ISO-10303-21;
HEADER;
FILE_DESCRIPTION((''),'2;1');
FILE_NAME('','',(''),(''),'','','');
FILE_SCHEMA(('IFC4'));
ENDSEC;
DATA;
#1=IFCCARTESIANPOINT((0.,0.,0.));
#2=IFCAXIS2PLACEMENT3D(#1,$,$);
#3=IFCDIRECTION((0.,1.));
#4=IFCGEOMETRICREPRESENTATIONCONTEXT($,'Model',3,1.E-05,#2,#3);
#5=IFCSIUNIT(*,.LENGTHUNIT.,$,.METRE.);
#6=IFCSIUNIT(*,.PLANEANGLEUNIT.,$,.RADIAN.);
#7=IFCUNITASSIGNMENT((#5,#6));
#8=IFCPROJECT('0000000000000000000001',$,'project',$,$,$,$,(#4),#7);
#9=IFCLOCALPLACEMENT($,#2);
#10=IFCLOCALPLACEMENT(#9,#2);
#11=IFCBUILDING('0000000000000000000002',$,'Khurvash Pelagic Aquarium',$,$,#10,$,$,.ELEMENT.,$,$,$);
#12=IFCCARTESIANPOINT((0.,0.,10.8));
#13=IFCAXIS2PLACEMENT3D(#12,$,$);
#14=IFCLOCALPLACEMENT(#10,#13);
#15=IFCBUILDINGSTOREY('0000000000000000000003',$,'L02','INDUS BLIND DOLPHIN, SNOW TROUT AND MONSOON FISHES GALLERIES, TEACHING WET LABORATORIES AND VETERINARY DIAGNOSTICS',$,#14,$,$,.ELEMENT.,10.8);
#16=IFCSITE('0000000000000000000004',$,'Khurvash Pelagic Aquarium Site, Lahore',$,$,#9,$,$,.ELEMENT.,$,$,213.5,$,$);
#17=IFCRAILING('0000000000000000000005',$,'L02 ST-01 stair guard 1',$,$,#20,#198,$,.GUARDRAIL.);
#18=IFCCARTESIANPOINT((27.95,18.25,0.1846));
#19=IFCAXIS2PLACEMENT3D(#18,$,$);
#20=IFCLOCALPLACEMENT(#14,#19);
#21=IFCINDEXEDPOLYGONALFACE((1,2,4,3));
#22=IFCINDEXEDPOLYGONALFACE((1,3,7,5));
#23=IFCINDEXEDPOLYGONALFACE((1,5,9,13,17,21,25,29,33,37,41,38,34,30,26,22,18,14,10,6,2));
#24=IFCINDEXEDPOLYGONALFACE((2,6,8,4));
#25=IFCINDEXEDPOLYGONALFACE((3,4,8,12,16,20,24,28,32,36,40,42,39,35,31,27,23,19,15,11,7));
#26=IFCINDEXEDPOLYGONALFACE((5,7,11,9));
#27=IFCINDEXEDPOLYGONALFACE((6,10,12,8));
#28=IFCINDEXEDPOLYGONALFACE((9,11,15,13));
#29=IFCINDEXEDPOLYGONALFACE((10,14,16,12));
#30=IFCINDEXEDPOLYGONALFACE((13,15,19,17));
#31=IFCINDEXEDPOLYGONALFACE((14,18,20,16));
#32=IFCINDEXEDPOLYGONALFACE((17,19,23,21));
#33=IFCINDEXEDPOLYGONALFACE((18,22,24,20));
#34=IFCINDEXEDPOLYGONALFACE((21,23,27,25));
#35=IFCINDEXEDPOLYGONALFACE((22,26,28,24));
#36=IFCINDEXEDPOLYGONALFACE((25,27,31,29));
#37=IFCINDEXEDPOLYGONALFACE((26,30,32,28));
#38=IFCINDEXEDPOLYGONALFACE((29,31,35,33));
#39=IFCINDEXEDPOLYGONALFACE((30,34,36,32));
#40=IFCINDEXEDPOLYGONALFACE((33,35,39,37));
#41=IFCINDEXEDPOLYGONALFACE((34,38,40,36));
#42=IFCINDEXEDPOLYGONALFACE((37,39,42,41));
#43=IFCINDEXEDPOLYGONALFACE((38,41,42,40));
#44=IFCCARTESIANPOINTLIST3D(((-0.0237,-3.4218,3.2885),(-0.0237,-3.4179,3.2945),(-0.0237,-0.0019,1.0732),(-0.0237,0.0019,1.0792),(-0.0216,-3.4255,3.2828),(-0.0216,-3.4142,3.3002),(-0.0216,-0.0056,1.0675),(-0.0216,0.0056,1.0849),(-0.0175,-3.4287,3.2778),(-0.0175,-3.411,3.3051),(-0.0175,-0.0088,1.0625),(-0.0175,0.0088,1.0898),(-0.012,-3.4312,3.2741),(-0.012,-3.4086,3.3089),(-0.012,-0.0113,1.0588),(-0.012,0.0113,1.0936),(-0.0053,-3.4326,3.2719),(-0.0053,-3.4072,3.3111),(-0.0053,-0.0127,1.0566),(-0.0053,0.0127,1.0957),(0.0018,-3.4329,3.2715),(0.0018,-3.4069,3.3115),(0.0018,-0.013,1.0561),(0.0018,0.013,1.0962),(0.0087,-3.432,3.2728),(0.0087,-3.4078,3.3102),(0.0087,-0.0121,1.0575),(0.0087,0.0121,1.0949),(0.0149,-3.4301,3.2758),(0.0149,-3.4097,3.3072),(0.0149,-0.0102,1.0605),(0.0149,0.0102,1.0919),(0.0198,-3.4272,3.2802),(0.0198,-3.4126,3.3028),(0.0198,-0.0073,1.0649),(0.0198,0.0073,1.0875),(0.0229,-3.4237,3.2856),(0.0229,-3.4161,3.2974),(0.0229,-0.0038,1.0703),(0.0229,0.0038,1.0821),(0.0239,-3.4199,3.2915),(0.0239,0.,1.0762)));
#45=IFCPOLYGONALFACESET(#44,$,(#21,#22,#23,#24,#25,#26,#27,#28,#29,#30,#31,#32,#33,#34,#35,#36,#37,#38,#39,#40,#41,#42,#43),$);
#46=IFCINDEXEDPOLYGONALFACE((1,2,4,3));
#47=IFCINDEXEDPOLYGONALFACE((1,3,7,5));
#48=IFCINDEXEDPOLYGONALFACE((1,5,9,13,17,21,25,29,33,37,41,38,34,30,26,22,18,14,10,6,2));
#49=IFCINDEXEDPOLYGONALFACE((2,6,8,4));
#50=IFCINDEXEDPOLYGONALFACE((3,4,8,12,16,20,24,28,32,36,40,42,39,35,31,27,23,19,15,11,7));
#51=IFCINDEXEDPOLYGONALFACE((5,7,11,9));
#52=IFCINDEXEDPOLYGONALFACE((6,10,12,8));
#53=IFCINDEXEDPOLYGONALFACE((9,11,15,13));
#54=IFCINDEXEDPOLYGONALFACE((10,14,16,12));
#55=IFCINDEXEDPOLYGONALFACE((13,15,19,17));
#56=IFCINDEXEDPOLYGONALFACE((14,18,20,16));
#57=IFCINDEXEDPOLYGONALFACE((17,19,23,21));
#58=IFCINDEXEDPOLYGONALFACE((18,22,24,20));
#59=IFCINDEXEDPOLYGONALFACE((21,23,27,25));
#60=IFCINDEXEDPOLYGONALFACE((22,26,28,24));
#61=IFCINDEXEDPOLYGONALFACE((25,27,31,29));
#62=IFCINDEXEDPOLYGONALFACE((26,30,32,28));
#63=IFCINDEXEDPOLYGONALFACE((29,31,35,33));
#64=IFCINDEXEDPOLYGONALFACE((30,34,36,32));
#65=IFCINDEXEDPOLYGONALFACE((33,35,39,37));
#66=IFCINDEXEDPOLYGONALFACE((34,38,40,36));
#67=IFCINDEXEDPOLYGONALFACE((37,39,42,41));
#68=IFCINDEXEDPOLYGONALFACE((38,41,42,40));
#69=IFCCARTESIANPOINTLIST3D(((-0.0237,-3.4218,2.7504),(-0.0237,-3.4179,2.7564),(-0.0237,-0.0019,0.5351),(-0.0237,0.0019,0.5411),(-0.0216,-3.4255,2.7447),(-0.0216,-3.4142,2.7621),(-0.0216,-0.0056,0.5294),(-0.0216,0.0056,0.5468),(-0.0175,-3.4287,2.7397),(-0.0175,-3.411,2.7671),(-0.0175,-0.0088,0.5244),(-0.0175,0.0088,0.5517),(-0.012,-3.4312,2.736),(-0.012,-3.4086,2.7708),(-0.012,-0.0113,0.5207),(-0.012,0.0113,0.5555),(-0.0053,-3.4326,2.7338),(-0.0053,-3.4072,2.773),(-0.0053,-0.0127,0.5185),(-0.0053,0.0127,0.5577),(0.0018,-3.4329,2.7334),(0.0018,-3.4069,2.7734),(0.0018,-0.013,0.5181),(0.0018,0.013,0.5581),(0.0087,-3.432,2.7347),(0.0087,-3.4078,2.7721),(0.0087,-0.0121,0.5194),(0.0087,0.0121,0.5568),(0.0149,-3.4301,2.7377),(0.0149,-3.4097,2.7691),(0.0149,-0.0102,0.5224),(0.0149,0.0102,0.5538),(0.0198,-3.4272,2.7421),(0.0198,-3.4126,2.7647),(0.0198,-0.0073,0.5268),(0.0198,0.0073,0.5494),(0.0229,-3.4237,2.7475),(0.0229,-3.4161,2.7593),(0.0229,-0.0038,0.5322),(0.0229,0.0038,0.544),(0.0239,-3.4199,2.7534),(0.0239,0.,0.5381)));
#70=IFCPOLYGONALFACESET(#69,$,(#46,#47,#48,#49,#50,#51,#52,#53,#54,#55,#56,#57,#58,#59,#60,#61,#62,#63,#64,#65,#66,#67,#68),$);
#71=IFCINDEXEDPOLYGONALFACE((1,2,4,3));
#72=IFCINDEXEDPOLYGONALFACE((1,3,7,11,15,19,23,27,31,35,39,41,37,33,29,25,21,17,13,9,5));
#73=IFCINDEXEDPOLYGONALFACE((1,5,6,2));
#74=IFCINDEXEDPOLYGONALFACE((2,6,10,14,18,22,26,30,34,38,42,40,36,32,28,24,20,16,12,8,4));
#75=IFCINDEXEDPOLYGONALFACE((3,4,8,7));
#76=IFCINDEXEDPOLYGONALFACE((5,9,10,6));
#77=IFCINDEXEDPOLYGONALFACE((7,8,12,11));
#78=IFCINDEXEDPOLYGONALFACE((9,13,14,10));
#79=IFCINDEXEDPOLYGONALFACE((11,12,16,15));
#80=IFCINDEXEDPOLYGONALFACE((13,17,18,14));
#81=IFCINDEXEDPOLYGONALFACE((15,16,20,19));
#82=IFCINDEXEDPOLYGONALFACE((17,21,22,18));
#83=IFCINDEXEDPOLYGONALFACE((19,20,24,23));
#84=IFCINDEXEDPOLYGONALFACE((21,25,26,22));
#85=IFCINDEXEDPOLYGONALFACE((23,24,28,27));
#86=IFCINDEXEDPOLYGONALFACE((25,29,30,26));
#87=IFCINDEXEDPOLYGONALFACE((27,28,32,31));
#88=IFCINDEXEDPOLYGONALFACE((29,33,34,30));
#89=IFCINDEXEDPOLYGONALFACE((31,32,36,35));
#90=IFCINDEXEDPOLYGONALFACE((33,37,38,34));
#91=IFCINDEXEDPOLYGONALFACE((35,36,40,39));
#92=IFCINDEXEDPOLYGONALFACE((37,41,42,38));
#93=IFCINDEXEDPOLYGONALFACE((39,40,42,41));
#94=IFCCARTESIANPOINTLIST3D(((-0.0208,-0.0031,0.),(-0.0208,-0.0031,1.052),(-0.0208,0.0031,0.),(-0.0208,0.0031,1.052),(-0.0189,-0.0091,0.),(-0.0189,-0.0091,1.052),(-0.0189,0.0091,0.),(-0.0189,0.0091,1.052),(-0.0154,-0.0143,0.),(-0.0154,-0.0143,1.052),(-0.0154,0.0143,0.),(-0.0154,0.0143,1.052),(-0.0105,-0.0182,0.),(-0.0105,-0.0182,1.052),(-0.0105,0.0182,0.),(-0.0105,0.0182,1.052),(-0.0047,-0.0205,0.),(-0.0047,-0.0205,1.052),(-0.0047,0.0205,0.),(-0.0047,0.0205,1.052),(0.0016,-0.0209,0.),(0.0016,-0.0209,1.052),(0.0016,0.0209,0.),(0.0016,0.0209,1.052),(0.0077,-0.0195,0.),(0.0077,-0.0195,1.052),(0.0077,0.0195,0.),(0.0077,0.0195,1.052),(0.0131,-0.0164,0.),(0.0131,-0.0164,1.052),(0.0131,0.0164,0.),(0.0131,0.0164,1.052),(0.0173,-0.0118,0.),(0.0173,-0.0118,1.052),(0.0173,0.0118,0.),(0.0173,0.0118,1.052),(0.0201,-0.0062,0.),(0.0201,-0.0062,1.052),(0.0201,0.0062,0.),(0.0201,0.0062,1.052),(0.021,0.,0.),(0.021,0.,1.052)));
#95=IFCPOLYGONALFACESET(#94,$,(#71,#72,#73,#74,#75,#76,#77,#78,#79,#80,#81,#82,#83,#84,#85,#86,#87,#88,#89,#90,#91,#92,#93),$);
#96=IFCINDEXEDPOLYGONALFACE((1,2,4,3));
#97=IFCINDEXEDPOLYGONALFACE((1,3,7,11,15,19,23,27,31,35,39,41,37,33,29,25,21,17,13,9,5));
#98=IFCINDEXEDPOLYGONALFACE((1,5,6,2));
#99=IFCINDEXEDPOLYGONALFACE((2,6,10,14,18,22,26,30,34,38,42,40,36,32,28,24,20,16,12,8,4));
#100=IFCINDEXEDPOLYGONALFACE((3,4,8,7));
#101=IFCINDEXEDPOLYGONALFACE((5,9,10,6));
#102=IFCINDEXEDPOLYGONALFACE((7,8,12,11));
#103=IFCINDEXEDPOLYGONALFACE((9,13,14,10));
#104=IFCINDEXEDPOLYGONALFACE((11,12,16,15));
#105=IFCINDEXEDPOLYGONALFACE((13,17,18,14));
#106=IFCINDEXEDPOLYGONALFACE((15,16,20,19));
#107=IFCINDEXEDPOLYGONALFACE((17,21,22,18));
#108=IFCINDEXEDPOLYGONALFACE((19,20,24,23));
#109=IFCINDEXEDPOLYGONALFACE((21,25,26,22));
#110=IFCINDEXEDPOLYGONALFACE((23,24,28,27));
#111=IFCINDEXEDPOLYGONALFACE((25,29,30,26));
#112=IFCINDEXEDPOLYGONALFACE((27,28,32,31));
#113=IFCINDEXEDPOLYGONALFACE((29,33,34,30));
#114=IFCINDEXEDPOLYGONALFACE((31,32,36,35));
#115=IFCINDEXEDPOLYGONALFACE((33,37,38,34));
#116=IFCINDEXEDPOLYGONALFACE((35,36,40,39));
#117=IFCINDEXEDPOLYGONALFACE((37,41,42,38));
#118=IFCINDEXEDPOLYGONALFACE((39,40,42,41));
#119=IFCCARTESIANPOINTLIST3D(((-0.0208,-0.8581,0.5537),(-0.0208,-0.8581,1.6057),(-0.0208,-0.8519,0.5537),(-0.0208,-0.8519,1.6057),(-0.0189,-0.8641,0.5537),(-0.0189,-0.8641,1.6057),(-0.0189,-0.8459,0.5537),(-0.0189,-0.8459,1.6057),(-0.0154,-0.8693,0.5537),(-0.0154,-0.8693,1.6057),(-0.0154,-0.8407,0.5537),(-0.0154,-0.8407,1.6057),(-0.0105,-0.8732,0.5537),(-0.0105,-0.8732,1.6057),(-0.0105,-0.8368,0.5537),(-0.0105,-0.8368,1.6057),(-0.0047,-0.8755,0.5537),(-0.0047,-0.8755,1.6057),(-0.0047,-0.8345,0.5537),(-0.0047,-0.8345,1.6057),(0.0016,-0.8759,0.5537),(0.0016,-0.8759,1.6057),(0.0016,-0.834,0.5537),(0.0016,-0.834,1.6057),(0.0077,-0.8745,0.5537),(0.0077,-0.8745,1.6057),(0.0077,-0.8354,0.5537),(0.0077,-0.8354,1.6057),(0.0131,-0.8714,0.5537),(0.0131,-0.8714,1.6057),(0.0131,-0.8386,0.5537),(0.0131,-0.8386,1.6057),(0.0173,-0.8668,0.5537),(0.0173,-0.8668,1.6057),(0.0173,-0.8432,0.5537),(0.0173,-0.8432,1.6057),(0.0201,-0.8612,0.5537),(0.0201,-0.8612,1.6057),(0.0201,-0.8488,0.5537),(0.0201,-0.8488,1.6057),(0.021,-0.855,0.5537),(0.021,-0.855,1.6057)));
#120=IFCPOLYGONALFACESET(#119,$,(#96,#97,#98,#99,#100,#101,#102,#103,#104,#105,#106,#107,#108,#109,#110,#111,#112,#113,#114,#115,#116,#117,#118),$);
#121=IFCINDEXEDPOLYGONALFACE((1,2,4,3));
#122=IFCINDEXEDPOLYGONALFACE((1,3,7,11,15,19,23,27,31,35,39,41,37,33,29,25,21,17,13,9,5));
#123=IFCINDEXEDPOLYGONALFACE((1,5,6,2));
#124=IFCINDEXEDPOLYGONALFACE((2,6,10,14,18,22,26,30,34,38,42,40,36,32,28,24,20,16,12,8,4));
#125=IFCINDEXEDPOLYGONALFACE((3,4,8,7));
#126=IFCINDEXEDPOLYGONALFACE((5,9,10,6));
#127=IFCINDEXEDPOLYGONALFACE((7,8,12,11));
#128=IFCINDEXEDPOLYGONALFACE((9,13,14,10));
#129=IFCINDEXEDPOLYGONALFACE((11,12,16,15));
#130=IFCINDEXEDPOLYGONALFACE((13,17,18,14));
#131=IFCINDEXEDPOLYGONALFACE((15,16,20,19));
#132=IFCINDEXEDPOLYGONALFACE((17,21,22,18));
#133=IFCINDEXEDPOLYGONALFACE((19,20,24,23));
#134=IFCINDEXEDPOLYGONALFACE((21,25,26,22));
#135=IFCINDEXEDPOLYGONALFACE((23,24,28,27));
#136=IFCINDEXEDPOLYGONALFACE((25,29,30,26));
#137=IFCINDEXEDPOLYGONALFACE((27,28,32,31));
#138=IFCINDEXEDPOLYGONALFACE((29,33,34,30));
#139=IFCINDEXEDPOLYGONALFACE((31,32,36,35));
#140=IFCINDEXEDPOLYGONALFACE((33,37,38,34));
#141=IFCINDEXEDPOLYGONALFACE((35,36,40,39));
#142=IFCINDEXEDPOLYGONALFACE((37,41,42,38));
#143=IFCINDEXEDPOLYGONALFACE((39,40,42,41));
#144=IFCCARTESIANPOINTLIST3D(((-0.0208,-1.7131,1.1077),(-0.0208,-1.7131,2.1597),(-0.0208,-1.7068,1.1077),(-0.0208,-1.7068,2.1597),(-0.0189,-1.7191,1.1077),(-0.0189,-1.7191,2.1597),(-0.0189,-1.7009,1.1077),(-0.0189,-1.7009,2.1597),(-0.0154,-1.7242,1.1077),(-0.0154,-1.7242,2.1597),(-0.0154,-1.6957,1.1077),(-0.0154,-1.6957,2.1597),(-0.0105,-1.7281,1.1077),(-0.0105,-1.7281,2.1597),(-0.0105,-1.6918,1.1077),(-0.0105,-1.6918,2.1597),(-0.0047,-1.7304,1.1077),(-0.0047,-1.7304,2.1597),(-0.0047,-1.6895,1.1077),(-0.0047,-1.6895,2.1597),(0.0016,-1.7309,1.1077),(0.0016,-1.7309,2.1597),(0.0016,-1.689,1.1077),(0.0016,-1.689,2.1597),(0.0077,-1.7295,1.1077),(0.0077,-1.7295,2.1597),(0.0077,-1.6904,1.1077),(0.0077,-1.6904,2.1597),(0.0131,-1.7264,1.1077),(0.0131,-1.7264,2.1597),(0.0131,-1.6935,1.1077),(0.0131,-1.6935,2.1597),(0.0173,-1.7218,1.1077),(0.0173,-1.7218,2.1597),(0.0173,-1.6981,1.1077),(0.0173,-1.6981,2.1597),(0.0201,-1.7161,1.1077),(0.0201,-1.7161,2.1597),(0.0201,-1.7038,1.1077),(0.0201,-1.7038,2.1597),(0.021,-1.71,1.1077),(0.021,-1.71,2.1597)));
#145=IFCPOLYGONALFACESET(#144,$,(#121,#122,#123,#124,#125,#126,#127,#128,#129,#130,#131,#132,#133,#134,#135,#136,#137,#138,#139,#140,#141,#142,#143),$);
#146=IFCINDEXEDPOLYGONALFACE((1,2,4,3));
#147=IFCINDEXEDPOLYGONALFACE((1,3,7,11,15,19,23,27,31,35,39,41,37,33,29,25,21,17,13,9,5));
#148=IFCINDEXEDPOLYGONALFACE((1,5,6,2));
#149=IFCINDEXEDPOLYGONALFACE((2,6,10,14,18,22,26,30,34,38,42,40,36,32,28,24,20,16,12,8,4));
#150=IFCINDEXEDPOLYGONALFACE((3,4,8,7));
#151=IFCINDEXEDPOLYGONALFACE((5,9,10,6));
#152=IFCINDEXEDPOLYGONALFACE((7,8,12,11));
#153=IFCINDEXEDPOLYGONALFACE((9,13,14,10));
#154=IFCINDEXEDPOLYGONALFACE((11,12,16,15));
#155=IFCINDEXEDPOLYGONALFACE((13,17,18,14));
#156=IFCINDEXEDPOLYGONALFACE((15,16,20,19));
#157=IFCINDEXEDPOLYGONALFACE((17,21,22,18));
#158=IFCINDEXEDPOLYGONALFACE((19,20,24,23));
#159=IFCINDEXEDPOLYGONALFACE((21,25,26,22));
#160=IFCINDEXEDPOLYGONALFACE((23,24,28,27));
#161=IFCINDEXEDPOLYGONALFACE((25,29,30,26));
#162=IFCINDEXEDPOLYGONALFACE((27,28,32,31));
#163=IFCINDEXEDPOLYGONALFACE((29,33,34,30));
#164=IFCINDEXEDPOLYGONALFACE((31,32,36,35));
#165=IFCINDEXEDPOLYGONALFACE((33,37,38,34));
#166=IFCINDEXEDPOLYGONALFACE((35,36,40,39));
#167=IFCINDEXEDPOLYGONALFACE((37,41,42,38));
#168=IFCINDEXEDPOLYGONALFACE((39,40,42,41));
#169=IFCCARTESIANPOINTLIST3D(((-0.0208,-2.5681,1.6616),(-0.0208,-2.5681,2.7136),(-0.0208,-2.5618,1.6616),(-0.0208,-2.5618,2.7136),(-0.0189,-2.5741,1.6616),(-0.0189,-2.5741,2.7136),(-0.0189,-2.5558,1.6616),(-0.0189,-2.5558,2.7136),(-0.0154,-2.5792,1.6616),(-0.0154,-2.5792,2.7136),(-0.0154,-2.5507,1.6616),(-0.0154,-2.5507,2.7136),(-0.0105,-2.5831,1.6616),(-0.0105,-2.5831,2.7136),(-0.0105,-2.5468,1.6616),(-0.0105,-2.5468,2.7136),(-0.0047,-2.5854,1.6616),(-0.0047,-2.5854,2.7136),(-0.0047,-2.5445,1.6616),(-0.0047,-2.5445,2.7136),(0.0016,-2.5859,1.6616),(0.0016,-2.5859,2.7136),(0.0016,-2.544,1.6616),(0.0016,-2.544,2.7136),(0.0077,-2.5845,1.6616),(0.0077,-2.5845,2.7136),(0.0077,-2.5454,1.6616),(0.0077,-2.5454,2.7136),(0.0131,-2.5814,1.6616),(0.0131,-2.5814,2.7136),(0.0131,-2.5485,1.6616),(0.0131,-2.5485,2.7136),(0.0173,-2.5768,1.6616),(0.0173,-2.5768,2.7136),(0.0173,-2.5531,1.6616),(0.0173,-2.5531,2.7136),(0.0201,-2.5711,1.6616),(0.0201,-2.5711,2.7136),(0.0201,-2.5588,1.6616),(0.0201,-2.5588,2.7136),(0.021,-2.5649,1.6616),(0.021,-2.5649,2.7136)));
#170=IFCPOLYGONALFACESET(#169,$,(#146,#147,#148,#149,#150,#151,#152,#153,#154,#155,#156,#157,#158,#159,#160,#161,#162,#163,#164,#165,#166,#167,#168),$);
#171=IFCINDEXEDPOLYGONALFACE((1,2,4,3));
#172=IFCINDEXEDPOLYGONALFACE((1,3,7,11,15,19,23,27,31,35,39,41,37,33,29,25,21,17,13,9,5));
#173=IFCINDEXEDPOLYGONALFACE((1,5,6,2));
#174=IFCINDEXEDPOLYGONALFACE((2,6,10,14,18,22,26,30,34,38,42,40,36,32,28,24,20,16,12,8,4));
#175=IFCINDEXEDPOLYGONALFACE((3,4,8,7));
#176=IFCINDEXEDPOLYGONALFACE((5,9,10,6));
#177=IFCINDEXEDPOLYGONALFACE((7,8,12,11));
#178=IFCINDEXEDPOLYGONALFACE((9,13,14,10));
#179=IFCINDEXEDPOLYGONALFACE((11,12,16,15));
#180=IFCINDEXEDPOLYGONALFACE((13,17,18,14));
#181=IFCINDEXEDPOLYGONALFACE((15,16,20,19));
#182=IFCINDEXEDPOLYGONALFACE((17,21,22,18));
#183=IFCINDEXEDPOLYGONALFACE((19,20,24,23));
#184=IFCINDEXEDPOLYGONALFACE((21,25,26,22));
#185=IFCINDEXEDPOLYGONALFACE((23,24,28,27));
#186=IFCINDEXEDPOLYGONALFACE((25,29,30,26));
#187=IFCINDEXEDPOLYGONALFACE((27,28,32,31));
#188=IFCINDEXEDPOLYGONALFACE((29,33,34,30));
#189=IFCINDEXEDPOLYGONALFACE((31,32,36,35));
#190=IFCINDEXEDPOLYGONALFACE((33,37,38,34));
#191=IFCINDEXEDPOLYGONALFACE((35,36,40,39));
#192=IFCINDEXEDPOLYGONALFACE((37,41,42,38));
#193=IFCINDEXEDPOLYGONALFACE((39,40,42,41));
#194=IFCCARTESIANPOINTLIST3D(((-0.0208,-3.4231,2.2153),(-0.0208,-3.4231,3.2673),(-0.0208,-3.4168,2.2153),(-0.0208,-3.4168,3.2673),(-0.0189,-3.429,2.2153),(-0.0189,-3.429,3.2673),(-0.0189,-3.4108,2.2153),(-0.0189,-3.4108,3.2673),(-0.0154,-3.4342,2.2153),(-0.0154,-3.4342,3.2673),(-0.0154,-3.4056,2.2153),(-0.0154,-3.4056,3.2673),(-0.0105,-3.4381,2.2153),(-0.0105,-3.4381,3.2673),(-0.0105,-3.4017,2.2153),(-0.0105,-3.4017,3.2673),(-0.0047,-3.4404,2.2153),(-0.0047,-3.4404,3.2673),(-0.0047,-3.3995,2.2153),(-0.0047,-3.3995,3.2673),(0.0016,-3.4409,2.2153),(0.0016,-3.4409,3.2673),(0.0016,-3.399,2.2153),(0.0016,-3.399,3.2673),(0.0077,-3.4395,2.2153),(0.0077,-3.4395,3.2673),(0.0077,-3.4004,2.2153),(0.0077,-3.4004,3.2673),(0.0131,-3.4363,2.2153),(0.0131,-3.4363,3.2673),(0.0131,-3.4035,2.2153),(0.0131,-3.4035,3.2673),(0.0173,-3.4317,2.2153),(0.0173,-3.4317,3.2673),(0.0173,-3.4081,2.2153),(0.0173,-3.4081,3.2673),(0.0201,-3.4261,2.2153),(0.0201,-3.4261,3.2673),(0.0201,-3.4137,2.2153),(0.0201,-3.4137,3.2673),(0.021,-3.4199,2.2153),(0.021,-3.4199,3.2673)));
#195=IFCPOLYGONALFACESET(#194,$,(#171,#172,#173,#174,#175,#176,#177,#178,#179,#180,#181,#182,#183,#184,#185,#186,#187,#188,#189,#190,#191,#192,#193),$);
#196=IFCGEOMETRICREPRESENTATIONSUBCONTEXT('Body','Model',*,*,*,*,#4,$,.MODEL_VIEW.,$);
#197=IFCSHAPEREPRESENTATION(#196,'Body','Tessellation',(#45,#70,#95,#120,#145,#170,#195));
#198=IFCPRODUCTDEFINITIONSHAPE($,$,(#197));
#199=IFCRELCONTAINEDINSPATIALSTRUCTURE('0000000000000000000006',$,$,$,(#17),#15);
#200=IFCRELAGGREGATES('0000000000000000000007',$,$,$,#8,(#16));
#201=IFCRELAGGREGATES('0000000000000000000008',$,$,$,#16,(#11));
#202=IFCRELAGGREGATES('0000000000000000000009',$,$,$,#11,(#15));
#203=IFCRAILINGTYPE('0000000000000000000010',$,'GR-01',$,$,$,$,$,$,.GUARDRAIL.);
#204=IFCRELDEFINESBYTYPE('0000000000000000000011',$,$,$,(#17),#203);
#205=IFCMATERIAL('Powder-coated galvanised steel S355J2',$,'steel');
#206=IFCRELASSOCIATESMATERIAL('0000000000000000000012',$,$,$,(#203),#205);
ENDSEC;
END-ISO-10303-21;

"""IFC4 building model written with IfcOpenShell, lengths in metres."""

from ifc_helpers import new_model, si_unit, direction, frame, origin, origin_2d, place, context, subcontext, project, spatial, circle, extrude, material, type_object, element, save


model = new_model("IFC4")

# Units and contexts
model_context = context("Model", 3, precision=1e-05, world=origin(), true_north=direction((0.0, 1.0)))
body_context = subcontext(model_context, "Body", "Model", "MODEL_VIEW")
ifc_project = project(units=[si_unit("LENGTHUNIT", "METRE"), si_unit("PLANEANGLEUNIT", "RADIAN")], contexts=[model_context])

# Site, building, storey
site_placement = place(None, origin())
site = spatial("IfcSite", under=ifc_project, at=site_placement, Name="Khurvash Pelagic Aquarium Site, Lahore", CompositionType="ELEMENT", RefElevation=213.5)
building_placement = place(site_placement, origin())
building = spatial("IfcBuilding", under=site, at=building_placement, Name="Khurvash Pelagic Aquarium", CompositionType="ELEMENT")
storey_placement = place(building_placement, frame((0.0, 0.0, 10.8)))
storey = spatial("IfcBuildingStorey", under=building, at=storey_placement, Name="L02", Description="INDUS BLIND DOLPHIN, SNOW TROUT AND MONSOON FISHES GALLERIES, TEACHING WET LABORATORIES AND VETERINARY DIAGNOSTICS", CompositionType="ELEMENT", Elevation=10.8)

# Railing
ifc_material_1 = material(Name="Powder-coated galvanised steel S355J2", Category="steel")
railing_type_1 = type_object("IfcRailingType", Name="GR-01", PredefinedType="GUARDRAIL", material=ifc_material_1)
railing_1_placement = place(storey_placement, frame((27.95, 18.25, 0.1846)))
element("IfcRailing", 1, at=railing_1_placement, inside=storey, type_object=railing_type_1, Name="L02 ST-01 stair guard 1", PredefinedType="GUARDRAIL", context=body_context, shape_type="SweptSolid", body=[
    extrude(circle(Radius=0.0239, at=origin_2d()), frame((0.0, 0.0, 1.0762), z_axis=(0.0, -0.839297, 0.543674), x_axis=(1.0, 0.0, 0.0)), (0.0, 0.0, 1.0), 4.0747),
    extrude(circle(Radius=0.0239, at=origin_2d()), frame((0.0, 0.0, 0.5381), z_axis=(0.0, -0.839297, 0.543674), x_axis=(1.0, 0.0, 0.0)), (0.0, 0.0, 1.0), 4.0747),
    extrude(circle(Radius=0.021, at=origin_2d()), origin(), (0.0, 0.0, 1.0), 1.052),
    extrude(circle(Radius=0.021, at=origin_2d()), frame((0.0, -0.855, 0.5537)), (0.0, 0.0, 1.0), 1.052),
    extrude(circle(Radius=0.021, at=origin_2d()), frame((0.0, -1.71, 1.1077)), (0.0, 0.0, 1.0), 1.052),
    extrude(circle(Radius=0.021, at=origin_2d()), frame((0.0, -2.5649, 1.6616)), (0.0, 0.0, 1.0), 1.052),
    extrude(circle(Radius=0.021, at=origin_2d()), frame((0.0, -3.4199, 2.2153)), (0.0, 0.0, 1.0), 1.052),
])

save(model, "model.ifc")
